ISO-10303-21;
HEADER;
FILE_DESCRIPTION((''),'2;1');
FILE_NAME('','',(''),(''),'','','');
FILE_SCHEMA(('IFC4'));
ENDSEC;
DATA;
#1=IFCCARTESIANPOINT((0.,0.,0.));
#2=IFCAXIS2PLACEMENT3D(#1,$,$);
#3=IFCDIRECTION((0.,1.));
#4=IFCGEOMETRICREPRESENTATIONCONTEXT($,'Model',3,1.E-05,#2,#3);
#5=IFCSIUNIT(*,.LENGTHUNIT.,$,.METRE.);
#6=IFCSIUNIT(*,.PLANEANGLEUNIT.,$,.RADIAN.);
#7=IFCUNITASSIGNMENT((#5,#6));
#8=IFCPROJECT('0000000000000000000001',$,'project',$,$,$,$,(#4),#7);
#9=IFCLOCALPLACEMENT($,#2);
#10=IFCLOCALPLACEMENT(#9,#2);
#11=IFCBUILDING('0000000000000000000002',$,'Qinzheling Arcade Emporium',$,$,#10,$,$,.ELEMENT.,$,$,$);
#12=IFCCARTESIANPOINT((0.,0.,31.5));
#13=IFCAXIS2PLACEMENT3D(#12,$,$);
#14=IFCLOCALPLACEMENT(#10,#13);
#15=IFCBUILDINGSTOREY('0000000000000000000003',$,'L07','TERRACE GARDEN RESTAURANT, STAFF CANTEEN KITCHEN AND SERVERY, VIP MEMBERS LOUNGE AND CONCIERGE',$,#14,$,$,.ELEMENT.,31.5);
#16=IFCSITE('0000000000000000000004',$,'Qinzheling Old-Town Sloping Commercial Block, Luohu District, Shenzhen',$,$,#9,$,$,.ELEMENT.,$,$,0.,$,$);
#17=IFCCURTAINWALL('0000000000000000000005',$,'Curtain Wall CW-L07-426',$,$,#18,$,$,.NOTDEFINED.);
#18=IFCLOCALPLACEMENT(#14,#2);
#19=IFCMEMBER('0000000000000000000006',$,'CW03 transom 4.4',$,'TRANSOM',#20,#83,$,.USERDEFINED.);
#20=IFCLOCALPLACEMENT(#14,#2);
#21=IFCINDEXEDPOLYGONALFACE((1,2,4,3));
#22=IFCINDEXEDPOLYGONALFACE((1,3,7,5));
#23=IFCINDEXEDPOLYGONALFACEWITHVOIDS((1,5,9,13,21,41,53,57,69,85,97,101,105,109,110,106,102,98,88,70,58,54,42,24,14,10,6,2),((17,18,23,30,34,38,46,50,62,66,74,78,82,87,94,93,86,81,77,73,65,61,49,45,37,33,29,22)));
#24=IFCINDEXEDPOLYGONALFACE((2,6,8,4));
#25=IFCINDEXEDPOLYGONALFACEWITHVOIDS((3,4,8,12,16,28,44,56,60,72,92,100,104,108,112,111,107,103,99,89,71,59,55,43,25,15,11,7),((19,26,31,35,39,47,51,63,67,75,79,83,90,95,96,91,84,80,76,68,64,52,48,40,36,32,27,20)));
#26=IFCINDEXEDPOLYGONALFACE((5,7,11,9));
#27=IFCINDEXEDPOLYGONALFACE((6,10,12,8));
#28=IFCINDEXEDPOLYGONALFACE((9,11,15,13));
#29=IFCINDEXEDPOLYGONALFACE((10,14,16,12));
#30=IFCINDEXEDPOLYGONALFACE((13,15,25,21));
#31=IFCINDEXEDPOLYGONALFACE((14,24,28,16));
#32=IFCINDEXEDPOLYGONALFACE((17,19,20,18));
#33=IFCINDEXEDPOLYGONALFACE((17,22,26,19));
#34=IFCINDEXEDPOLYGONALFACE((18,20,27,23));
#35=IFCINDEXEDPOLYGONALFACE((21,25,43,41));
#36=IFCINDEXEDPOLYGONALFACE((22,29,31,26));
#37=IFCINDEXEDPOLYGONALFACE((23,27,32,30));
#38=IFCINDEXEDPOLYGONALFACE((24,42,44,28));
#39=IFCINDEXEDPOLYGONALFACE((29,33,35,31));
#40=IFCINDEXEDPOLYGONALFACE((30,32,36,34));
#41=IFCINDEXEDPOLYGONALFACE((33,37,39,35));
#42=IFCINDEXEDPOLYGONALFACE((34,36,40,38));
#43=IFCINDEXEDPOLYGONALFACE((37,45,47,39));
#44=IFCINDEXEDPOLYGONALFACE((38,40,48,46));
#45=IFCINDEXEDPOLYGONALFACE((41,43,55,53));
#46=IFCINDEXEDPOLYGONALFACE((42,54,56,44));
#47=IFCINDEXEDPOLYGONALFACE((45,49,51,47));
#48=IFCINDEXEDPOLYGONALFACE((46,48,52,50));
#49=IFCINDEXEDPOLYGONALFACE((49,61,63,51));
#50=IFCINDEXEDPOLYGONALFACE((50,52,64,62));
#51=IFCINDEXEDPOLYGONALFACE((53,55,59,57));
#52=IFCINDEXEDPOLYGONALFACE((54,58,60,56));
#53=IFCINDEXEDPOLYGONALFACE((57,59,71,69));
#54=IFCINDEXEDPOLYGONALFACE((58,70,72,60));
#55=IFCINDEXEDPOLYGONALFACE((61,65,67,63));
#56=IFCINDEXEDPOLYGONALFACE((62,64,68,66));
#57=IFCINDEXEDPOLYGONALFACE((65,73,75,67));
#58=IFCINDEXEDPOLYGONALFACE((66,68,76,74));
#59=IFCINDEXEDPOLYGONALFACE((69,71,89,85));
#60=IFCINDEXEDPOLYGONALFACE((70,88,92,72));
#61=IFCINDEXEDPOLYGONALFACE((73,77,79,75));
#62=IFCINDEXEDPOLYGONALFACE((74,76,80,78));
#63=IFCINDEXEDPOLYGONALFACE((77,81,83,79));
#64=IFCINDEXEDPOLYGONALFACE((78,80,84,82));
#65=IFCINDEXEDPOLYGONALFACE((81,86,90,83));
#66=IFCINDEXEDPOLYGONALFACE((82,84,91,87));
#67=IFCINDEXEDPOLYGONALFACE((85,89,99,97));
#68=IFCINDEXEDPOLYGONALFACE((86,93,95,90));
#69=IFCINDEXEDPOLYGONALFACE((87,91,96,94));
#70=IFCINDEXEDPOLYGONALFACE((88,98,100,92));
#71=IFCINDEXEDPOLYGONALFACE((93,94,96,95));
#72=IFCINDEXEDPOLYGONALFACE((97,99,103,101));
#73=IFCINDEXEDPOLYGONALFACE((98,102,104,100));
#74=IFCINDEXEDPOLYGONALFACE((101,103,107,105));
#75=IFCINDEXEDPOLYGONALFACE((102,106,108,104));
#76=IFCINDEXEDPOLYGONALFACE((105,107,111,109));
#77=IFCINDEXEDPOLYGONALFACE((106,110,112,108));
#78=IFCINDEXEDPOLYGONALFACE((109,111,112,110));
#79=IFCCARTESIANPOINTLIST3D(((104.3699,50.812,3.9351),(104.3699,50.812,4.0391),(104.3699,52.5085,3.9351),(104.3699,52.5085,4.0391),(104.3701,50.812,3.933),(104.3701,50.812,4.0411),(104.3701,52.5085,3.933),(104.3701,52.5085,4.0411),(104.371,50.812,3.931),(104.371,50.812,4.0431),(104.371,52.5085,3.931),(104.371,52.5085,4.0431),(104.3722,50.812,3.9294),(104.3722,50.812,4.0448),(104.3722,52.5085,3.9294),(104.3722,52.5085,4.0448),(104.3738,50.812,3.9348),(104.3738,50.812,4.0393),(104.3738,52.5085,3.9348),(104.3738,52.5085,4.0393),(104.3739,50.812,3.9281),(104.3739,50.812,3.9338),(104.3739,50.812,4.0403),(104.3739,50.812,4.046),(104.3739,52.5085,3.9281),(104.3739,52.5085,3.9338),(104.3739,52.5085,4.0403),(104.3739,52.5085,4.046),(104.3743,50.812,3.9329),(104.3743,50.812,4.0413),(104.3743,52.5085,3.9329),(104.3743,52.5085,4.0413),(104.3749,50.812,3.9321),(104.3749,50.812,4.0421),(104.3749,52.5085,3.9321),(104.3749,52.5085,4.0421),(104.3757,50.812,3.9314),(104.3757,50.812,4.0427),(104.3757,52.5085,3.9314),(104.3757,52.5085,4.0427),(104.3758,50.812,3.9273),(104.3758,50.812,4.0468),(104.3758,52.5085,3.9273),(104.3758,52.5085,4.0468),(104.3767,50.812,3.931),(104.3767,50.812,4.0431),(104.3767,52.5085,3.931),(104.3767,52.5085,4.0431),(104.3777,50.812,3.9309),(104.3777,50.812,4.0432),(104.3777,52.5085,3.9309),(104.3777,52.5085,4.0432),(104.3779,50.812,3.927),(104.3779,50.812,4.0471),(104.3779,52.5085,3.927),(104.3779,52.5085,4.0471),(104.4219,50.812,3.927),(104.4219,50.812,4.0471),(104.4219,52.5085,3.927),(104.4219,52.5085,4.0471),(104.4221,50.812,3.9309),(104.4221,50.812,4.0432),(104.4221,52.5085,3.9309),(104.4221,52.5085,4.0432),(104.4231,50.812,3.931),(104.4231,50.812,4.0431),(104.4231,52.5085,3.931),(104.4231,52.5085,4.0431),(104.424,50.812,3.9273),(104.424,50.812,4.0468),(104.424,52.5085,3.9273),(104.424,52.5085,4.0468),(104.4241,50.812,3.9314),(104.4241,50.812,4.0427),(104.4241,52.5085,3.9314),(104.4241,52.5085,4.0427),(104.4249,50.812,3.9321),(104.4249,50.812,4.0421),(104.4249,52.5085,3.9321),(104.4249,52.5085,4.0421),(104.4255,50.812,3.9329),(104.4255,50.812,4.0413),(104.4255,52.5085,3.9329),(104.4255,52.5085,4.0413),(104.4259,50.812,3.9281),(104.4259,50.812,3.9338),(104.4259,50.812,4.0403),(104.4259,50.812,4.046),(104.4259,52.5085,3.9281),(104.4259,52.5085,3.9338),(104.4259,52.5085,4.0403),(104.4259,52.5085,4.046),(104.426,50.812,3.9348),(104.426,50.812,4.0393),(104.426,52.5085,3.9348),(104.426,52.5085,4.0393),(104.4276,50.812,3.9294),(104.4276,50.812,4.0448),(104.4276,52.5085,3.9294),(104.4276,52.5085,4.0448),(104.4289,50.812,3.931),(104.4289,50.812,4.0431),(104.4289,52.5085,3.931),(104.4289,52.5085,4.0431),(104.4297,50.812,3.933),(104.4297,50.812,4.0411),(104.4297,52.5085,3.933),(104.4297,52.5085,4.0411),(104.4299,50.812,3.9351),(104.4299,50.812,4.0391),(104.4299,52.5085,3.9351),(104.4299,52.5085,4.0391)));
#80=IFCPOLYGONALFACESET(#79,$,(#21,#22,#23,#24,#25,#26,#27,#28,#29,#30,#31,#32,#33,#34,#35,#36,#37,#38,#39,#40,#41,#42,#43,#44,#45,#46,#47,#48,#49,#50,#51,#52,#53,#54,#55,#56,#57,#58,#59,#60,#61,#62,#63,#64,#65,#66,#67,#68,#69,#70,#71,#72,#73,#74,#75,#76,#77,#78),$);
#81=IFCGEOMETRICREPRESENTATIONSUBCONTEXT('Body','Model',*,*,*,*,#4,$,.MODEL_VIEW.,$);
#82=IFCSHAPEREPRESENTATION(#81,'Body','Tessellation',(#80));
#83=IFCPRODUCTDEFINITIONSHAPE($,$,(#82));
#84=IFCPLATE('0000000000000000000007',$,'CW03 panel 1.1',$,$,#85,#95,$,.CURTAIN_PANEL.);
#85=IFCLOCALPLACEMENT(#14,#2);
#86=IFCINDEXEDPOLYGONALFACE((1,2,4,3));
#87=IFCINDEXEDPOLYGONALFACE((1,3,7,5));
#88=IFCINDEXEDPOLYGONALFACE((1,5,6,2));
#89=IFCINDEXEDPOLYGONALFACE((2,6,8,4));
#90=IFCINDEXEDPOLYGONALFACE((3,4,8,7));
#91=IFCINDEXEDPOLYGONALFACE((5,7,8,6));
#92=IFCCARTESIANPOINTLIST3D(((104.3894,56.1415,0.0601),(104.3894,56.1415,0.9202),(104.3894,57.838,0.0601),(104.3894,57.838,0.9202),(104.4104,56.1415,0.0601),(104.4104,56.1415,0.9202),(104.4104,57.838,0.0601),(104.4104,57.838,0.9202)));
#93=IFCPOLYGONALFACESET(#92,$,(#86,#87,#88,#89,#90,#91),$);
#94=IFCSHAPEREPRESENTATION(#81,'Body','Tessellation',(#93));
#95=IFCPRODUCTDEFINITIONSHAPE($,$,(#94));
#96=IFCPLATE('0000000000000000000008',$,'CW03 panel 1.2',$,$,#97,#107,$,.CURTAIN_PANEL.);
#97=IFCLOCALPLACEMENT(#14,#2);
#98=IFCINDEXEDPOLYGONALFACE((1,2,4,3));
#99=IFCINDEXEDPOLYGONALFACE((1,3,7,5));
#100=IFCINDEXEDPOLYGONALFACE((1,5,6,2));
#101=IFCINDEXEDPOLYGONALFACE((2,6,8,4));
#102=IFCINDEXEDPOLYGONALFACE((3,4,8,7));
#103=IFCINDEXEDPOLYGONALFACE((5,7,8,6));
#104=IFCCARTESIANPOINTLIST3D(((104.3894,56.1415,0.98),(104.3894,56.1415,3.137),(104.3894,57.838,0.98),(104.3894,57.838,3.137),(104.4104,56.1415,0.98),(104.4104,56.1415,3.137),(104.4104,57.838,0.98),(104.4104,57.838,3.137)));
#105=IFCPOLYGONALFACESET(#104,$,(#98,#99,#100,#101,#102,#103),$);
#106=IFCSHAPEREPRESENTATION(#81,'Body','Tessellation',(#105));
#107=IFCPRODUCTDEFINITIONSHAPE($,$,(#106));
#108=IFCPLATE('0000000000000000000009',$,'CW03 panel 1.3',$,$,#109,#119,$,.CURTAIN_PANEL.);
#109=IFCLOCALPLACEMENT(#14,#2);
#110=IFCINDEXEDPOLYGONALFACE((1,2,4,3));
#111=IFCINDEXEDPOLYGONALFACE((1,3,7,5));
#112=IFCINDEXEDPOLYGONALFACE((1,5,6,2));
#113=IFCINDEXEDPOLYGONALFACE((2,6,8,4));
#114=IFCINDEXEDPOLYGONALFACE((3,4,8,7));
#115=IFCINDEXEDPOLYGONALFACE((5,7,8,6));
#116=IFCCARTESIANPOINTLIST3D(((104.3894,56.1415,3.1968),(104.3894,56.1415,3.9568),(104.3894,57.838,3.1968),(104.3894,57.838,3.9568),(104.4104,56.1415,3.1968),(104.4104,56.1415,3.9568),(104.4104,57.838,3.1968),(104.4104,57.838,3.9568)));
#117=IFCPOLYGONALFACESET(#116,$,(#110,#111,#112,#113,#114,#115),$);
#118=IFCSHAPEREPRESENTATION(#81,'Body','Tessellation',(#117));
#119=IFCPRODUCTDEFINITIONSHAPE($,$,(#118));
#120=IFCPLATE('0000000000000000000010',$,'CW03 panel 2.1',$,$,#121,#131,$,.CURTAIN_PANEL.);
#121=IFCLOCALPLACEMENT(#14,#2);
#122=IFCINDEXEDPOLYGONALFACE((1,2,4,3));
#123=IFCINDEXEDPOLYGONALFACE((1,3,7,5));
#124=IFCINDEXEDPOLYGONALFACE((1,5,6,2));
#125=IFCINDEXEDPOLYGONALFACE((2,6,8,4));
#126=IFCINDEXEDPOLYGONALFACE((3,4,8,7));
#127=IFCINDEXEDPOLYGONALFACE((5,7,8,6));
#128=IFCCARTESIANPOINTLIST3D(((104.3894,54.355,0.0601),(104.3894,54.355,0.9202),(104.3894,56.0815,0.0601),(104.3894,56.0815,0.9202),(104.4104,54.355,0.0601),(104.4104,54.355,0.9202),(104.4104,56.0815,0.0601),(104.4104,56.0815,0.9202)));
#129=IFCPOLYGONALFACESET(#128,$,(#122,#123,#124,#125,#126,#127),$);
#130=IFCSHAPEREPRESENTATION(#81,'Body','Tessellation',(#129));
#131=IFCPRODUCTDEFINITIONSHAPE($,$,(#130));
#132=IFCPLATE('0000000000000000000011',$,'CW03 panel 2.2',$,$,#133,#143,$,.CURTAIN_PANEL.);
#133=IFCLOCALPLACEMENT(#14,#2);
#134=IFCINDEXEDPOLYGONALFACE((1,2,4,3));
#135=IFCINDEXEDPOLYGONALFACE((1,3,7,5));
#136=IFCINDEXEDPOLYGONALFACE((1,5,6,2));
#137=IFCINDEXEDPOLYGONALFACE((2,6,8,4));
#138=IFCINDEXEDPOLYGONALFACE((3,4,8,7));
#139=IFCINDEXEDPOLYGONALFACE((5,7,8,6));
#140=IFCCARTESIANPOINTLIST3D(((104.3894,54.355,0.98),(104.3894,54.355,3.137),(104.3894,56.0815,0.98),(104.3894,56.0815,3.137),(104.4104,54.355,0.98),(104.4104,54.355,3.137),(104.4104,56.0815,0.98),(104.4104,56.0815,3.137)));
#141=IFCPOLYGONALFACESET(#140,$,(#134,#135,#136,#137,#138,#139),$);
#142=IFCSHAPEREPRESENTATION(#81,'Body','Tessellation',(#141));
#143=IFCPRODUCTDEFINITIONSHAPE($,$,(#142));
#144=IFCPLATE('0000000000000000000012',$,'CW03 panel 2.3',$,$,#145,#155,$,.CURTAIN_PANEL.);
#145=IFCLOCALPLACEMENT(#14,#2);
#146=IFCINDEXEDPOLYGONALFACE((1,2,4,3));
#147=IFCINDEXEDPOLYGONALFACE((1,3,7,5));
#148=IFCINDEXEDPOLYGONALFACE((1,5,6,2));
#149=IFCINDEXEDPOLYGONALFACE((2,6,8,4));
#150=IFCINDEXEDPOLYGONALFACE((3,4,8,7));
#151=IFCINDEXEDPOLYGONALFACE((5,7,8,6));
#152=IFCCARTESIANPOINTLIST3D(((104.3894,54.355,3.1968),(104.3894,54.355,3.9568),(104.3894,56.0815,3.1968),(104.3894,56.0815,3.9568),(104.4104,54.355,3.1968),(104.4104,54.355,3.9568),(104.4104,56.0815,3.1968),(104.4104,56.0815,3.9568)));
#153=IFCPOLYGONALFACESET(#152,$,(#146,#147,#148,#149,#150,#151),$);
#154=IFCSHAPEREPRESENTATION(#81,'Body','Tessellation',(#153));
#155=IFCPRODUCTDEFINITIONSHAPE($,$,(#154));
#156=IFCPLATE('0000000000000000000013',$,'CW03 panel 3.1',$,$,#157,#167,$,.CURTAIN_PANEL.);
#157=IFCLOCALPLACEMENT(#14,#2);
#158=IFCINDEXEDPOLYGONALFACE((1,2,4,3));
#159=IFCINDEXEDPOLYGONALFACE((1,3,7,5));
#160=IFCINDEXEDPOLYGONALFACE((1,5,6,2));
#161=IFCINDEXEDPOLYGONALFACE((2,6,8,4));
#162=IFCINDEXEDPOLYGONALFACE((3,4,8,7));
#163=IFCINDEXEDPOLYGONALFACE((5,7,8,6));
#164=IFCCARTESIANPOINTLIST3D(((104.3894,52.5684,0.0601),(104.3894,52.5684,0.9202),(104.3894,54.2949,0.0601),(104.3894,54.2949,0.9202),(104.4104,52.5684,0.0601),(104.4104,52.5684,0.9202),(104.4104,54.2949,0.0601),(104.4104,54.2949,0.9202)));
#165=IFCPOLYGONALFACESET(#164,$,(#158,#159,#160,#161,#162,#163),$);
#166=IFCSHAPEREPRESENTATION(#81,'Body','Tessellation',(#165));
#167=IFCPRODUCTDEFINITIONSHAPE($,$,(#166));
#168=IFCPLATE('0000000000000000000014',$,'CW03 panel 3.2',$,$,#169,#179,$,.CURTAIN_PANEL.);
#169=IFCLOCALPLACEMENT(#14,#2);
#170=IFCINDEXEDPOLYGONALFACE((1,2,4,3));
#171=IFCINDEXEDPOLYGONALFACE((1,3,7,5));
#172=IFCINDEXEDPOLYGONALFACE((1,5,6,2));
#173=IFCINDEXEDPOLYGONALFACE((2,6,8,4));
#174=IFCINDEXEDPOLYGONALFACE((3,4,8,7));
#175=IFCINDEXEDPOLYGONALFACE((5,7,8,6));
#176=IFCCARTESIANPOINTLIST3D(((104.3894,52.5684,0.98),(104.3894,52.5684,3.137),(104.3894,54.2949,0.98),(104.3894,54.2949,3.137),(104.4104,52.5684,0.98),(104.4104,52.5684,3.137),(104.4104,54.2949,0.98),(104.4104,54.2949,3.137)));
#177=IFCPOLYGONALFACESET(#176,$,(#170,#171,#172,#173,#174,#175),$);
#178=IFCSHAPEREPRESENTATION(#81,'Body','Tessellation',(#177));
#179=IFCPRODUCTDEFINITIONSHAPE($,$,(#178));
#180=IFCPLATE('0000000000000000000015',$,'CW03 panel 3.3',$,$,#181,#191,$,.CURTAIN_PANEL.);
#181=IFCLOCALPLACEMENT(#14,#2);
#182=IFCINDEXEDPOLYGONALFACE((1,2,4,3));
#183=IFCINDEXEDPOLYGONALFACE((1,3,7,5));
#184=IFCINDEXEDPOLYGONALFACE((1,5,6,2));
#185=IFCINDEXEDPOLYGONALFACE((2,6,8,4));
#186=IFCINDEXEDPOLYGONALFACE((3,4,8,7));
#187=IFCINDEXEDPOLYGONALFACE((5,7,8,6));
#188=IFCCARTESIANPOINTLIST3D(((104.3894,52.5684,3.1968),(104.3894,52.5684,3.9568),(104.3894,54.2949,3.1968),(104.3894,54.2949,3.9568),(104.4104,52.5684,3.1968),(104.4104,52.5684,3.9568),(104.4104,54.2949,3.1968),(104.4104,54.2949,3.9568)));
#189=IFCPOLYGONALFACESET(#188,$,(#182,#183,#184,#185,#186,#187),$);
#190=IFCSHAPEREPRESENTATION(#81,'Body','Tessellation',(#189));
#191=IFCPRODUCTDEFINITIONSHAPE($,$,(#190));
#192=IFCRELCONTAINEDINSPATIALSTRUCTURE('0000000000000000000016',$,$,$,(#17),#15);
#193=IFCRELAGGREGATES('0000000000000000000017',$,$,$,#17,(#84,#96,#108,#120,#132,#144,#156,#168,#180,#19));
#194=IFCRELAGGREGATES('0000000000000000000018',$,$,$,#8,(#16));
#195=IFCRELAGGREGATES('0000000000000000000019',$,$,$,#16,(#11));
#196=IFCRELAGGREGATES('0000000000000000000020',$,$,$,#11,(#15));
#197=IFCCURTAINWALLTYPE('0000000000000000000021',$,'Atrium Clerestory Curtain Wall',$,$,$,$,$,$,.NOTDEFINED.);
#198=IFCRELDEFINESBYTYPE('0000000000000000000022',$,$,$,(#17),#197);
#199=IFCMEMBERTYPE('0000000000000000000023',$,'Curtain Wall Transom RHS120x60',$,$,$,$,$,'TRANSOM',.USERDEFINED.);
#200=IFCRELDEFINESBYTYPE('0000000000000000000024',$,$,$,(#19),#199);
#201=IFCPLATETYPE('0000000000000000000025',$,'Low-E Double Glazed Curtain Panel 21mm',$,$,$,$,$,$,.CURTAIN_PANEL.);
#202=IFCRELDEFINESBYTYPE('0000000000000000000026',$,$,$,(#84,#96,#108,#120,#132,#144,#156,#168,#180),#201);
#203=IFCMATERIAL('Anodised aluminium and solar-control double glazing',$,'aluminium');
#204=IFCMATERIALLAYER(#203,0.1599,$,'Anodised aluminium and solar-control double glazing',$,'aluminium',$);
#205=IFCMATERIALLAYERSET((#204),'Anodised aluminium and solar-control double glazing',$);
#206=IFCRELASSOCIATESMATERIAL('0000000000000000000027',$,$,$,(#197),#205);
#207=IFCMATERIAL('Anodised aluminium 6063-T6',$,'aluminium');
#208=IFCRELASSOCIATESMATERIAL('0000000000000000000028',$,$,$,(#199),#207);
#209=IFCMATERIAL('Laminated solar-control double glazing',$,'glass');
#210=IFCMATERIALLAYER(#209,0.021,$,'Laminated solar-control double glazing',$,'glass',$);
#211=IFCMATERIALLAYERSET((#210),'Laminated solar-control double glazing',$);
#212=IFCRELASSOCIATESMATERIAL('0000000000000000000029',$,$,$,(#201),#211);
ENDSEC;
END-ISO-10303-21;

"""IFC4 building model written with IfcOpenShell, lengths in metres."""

from ifc_helpers import new_model, si_unit, direction, frame, origin, origin_2d, place, context, subcontext, project, spatial, rectangle, hollow_rectangle, extrude, material, layer, layer_set, material_profile, profile_set, type_object, element, aggregate, save


model = new_model("IFC4")

# Units and contexts
model_context = context("Model", 3, precision=1e-05, world=origin(), true_north=direction((0.0, 1.0)))
body_context = subcontext(model_context, "Body", "Model", "MODEL_VIEW")
ifc_project = project(units=[si_unit("LENGTHUNIT", "METRE"), si_unit("PLANEANGLEUNIT", "RADIAN")], contexts=[model_context])

# Site, building, storey
site_placement = place(None, origin())
site = spatial("IfcSite", under=ifc_project, at=site_placement, Name="Qinzheling Old-Town Sloping Commercial Block, Luohu District, Shenzhen", CompositionType="ELEMENT", RefElevation=0.0)
building_placement = place(site_placement, origin())
building = spatial("IfcBuilding", under=site, at=building_placement, Name="Qinzheling Arcade Emporium", CompositionType="ELEMENT")
storey_placement = place(building_placement, frame((0.0, 0.0, 31.5)))
storey = spatial("IfcBuildingStorey", under=building, at=storey_placement, Name="L07", Description="TERRACE GARDEN RESTAURANT, STAFF CANTEEN KITCHEN AND SERVERY, VIP MEMBERS LOUNGE AND CONCIERGE", CompositionType="ELEMENT", Elevation=31.5)

# Curtain wall, member, plates
ifc_material_1 = material(Name="Anodised aluminium and solar-control double glazing", Category="aluminium")
ifc_layer_1 = layer(ifc_material_1, 0.1599, Name="Anodised aluminium and solar-control double glazing", Category="aluminium")
ifc_layer_set_1 = layer_set([ifc_layer_1], Name="Anodised aluminium and solar-control double glazing")
curtain_wall_type = type_object("IfcCurtainWallType", Name="Atrium Clerestory Curtain Wall", PredefinedType="NOTDEFINED", material=ifc_layer_set_1)
curtain_wall_placement = place(storey_placement, origin())
curtain_wall = element("IfcCurtainWall", 1, at=curtain_wall_placement, inside=storey, type_object=curtain_wall_type, Name="Curtain Wall CW-L07-426", PredefinedType="NOTDEFINED")
ifc_material_2 = material(Name="Anodised aluminium 6063-T6", Category="aluminium")
ifc_material_profile_1 = material_profile(ifc_material_2, hollow_rectangle(XDim=0.0601, YDim=0.1201, WallThickness=0.0039, InnerFilletRadius=0.0039, OuterFilletRadius=0.0081, at=origin_2d()), Name="RHS 120x60x4", Category="aluminium")
ifc_profile_set_1 = profile_set([ifc_material_profile_1], Name="Anodised aluminium 6063-T6")
member_type_1 = type_object("IfcMemberType", Name="Curtain Wall Transom RHS120x60", ElementType="TRANSOM", PredefinedType="USERDEFINED", material=ifc_profile_set_1)
member_1_placement = place(storey_placement, frame((104.3999, 52.5085, 3.9871), z_axis=(0.0, -1.0, 0.0), x_axis=(1.0, 0.0, 0.0)))
member_1 = element("IfcMember", 2, at=member_1_placement, type_object=member_type_1, Name="CW03 transom 4.4", ObjectType="TRANSOM", PredefinedType="USERDEFINED", context=body_context, shape_type="SweptSolid", body=[
    extrude(hollow_rectangle(XDim=0.0601, YDim=0.1201, WallThickness=0.0039, InnerFilletRadius=0.0039, OuterFilletRadius=0.0081, at=origin_2d()), origin(), (0.0, 0.0, 1.0), 1.6965),
])
ifc_material_3 = material(Name="Laminated solar-control double glazing", Category="glass")
ifc_layer_2 = layer(ifc_material_3, 0.021, Name="Laminated solar-control double glazing", Category="glass")
ifc_layer_set_2 = layer_set([ifc_layer_2], Name="Laminated solar-control double glazing")
plate_type = type_object("IfcPlateType", Name="Low-E Double Glazed Curtain Panel 21mm", PredefinedType="CURTAIN_PANEL", material=ifc_layer_set_2)
plate_1_placement = place(storey_placement, frame((104.3999, 56.9897, 0.0601), z_axis=(0.0, 0.0, 1.0), x_axis=(0.0, -1.0, 0.0)))
plate_1 = element("IfcPlate", 3, at=plate_1_placement, type_object=plate_type, Name="CW03 panel 1.1", PredefinedType="CURTAIN_PANEL", context=body_context, shape_type="SweptSolid", body=[
    extrude(rectangle(XDim=1.6965, YDim=0.021, at=origin_2d()), origin(), (0.0, 0.0, 1.0), 0.8601),
])
plate_2_placement = place(storey_placement, frame((104.3999, 56.9897, 0.98), z_axis=(0.0, 0.0, 1.0), x_axis=(0.0, -1.0, 0.0)))
plate_2 = element("IfcPlate", 4, at=plate_2_placement, type_object=plate_type, Name="CW03 panel 1.2", PredefinedType="CURTAIN_PANEL", context=body_context, shape_type="SweptSolid", body=[
    extrude(rectangle(XDim=1.6965, YDim=0.021, at=origin_2d()), origin(), (0.0, 0.0, 1.0), 2.157),
])
plate_3_placement = place(storey_placement, frame((104.3999, 56.9897, 3.1968), z_axis=(0.0, 0.0, 1.0), x_axis=(0.0, -1.0, 0.0)))
plate_3 = element("IfcPlate", 5, at=plate_3_placement, type_object=plate_type, Name="CW03 panel 1.3", PredefinedType="CURTAIN_PANEL", context=body_context, shape_type="SweptSolid", body=[
    extrude(rectangle(XDim=1.6965, YDim=0.021, at=origin_2d()), origin(), (0.0, 0.0, 1.0), 0.76),
])
plate_4_placement = place(storey_placement, frame((104.3999, 55.2183, 0.0601), z_axis=(0.0, 0.0, 1.0), x_axis=(0.0, -1.0, 0.0)))
plate_4 = element("IfcPlate", 6, at=plate_4_placement, type_object=plate_type, Name="CW03 panel 2.1", PredefinedType="CURTAIN_PANEL", context=body_context, shape_type="SweptSolid", body=[
    extrude(rectangle(XDim=1.7266, YDim=0.021, at=origin_2d()), origin(), (0.0, 0.0, 1.0), 0.8601),
])
plate_5_placement = place(storey_placement, frame((104.3999, 55.2183, 0.98), z_axis=(0.0, 0.0, 1.0), x_axis=(0.0, -1.0, 0.0)))
plate_5 = element("IfcPlate", 7, at=plate_5_placement, type_object=plate_type, Name="CW03 panel 2.2", PredefinedType="CURTAIN_PANEL", context=body_context, shape_type="SweptSolid", body=[
    extrude(rectangle(XDim=1.7266, YDim=0.021, at=origin_2d()), origin(), (0.0, 0.0, 1.0), 2.157),
])
plate_6_placement = place(storey_placement, frame((104.3999, 55.2183, 3.1968), z_axis=(0.0, 0.0, 1.0), x_axis=(0.0, -1.0, 0.0)))
plate_6 = element("IfcPlate", 8, at=plate_6_placement, type_object=plate_type, Name="CW03 panel 2.3", PredefinedType="CURTAIN_PANEL", context=body_context, shape_type="SweptSolid", body=[
    extrude(rectangle(XDim=1.7266, YDim=0.021, at=origin_2d()), origin(), (0.0, 0.0, 1.0), 0.76),
])
plate_7_placement = place(storey_placement, frame((104.3999, 53.4316, 0.0601), z_axis=(0.0, 0.0, 1.0), x_axis=(0.0, -1.0, 0.0)))
plate_7 = element("IfcPlate", 9, at=plate_7_placement, type_object=plate_type, Name="CW03 panel 3.1", PredefinedType="CURTAIN_PANEL", context=body_context, shape_type="SweptSolid", body=[
    extrude(rectangle(XDim=1.7266, YDim=0.021, at=origin_2d()), origin(), (0.0, 0.0, 1.0), 0.8601),
])
plate_8_placement = place(storey_placement, frame((104.3999, 53.4316, 0.98), z_axis=(0.0, 0.0, 1.0), x_axis=(0.0, -1.0, 0.0)))
plate_8 = element("IfcPlate", 10, at=plate_8_placement, type_object=plate_type, Name="CW03 panel 3.2", PredefinedType="CURTAIN_PANEL", context=body_context, shape_type="SweptSolid", body=[
    extrude(rectangle(XDim=1.7266, YDim=0.021, at=origin_2d()), origin(), (0.0, 0.0, 1.0), 2.157),
])
plate_9_placement = place(storey_placement, frame((104.3999, 53.4316, 3.1968), z_axis=(0.0, 0.0, 1.0), x_axis=(0.0, -1.0, 0.0)))
plate_9 = element("IfcPlate", 11, at=plate_9_placement, type_object=plate_type, Name="CW03 panel 3.3", PredefinedType="CURTAIN_PANEL", context=body_context, shape_type="SweptSolid", body=[
    extrude(rectangle(XDim=1.7266, YDim=0.021, at=origin_2d()), origin(), (0.0, 0.0, 1.0), 0.76),
])
aggregate(curtain_wall, [plate_1, plate_2, plate_3, plate_4, plate_5, plate_6, plate_7, plate_8, plate_9, member_1])

save(model, "model.ifc")
